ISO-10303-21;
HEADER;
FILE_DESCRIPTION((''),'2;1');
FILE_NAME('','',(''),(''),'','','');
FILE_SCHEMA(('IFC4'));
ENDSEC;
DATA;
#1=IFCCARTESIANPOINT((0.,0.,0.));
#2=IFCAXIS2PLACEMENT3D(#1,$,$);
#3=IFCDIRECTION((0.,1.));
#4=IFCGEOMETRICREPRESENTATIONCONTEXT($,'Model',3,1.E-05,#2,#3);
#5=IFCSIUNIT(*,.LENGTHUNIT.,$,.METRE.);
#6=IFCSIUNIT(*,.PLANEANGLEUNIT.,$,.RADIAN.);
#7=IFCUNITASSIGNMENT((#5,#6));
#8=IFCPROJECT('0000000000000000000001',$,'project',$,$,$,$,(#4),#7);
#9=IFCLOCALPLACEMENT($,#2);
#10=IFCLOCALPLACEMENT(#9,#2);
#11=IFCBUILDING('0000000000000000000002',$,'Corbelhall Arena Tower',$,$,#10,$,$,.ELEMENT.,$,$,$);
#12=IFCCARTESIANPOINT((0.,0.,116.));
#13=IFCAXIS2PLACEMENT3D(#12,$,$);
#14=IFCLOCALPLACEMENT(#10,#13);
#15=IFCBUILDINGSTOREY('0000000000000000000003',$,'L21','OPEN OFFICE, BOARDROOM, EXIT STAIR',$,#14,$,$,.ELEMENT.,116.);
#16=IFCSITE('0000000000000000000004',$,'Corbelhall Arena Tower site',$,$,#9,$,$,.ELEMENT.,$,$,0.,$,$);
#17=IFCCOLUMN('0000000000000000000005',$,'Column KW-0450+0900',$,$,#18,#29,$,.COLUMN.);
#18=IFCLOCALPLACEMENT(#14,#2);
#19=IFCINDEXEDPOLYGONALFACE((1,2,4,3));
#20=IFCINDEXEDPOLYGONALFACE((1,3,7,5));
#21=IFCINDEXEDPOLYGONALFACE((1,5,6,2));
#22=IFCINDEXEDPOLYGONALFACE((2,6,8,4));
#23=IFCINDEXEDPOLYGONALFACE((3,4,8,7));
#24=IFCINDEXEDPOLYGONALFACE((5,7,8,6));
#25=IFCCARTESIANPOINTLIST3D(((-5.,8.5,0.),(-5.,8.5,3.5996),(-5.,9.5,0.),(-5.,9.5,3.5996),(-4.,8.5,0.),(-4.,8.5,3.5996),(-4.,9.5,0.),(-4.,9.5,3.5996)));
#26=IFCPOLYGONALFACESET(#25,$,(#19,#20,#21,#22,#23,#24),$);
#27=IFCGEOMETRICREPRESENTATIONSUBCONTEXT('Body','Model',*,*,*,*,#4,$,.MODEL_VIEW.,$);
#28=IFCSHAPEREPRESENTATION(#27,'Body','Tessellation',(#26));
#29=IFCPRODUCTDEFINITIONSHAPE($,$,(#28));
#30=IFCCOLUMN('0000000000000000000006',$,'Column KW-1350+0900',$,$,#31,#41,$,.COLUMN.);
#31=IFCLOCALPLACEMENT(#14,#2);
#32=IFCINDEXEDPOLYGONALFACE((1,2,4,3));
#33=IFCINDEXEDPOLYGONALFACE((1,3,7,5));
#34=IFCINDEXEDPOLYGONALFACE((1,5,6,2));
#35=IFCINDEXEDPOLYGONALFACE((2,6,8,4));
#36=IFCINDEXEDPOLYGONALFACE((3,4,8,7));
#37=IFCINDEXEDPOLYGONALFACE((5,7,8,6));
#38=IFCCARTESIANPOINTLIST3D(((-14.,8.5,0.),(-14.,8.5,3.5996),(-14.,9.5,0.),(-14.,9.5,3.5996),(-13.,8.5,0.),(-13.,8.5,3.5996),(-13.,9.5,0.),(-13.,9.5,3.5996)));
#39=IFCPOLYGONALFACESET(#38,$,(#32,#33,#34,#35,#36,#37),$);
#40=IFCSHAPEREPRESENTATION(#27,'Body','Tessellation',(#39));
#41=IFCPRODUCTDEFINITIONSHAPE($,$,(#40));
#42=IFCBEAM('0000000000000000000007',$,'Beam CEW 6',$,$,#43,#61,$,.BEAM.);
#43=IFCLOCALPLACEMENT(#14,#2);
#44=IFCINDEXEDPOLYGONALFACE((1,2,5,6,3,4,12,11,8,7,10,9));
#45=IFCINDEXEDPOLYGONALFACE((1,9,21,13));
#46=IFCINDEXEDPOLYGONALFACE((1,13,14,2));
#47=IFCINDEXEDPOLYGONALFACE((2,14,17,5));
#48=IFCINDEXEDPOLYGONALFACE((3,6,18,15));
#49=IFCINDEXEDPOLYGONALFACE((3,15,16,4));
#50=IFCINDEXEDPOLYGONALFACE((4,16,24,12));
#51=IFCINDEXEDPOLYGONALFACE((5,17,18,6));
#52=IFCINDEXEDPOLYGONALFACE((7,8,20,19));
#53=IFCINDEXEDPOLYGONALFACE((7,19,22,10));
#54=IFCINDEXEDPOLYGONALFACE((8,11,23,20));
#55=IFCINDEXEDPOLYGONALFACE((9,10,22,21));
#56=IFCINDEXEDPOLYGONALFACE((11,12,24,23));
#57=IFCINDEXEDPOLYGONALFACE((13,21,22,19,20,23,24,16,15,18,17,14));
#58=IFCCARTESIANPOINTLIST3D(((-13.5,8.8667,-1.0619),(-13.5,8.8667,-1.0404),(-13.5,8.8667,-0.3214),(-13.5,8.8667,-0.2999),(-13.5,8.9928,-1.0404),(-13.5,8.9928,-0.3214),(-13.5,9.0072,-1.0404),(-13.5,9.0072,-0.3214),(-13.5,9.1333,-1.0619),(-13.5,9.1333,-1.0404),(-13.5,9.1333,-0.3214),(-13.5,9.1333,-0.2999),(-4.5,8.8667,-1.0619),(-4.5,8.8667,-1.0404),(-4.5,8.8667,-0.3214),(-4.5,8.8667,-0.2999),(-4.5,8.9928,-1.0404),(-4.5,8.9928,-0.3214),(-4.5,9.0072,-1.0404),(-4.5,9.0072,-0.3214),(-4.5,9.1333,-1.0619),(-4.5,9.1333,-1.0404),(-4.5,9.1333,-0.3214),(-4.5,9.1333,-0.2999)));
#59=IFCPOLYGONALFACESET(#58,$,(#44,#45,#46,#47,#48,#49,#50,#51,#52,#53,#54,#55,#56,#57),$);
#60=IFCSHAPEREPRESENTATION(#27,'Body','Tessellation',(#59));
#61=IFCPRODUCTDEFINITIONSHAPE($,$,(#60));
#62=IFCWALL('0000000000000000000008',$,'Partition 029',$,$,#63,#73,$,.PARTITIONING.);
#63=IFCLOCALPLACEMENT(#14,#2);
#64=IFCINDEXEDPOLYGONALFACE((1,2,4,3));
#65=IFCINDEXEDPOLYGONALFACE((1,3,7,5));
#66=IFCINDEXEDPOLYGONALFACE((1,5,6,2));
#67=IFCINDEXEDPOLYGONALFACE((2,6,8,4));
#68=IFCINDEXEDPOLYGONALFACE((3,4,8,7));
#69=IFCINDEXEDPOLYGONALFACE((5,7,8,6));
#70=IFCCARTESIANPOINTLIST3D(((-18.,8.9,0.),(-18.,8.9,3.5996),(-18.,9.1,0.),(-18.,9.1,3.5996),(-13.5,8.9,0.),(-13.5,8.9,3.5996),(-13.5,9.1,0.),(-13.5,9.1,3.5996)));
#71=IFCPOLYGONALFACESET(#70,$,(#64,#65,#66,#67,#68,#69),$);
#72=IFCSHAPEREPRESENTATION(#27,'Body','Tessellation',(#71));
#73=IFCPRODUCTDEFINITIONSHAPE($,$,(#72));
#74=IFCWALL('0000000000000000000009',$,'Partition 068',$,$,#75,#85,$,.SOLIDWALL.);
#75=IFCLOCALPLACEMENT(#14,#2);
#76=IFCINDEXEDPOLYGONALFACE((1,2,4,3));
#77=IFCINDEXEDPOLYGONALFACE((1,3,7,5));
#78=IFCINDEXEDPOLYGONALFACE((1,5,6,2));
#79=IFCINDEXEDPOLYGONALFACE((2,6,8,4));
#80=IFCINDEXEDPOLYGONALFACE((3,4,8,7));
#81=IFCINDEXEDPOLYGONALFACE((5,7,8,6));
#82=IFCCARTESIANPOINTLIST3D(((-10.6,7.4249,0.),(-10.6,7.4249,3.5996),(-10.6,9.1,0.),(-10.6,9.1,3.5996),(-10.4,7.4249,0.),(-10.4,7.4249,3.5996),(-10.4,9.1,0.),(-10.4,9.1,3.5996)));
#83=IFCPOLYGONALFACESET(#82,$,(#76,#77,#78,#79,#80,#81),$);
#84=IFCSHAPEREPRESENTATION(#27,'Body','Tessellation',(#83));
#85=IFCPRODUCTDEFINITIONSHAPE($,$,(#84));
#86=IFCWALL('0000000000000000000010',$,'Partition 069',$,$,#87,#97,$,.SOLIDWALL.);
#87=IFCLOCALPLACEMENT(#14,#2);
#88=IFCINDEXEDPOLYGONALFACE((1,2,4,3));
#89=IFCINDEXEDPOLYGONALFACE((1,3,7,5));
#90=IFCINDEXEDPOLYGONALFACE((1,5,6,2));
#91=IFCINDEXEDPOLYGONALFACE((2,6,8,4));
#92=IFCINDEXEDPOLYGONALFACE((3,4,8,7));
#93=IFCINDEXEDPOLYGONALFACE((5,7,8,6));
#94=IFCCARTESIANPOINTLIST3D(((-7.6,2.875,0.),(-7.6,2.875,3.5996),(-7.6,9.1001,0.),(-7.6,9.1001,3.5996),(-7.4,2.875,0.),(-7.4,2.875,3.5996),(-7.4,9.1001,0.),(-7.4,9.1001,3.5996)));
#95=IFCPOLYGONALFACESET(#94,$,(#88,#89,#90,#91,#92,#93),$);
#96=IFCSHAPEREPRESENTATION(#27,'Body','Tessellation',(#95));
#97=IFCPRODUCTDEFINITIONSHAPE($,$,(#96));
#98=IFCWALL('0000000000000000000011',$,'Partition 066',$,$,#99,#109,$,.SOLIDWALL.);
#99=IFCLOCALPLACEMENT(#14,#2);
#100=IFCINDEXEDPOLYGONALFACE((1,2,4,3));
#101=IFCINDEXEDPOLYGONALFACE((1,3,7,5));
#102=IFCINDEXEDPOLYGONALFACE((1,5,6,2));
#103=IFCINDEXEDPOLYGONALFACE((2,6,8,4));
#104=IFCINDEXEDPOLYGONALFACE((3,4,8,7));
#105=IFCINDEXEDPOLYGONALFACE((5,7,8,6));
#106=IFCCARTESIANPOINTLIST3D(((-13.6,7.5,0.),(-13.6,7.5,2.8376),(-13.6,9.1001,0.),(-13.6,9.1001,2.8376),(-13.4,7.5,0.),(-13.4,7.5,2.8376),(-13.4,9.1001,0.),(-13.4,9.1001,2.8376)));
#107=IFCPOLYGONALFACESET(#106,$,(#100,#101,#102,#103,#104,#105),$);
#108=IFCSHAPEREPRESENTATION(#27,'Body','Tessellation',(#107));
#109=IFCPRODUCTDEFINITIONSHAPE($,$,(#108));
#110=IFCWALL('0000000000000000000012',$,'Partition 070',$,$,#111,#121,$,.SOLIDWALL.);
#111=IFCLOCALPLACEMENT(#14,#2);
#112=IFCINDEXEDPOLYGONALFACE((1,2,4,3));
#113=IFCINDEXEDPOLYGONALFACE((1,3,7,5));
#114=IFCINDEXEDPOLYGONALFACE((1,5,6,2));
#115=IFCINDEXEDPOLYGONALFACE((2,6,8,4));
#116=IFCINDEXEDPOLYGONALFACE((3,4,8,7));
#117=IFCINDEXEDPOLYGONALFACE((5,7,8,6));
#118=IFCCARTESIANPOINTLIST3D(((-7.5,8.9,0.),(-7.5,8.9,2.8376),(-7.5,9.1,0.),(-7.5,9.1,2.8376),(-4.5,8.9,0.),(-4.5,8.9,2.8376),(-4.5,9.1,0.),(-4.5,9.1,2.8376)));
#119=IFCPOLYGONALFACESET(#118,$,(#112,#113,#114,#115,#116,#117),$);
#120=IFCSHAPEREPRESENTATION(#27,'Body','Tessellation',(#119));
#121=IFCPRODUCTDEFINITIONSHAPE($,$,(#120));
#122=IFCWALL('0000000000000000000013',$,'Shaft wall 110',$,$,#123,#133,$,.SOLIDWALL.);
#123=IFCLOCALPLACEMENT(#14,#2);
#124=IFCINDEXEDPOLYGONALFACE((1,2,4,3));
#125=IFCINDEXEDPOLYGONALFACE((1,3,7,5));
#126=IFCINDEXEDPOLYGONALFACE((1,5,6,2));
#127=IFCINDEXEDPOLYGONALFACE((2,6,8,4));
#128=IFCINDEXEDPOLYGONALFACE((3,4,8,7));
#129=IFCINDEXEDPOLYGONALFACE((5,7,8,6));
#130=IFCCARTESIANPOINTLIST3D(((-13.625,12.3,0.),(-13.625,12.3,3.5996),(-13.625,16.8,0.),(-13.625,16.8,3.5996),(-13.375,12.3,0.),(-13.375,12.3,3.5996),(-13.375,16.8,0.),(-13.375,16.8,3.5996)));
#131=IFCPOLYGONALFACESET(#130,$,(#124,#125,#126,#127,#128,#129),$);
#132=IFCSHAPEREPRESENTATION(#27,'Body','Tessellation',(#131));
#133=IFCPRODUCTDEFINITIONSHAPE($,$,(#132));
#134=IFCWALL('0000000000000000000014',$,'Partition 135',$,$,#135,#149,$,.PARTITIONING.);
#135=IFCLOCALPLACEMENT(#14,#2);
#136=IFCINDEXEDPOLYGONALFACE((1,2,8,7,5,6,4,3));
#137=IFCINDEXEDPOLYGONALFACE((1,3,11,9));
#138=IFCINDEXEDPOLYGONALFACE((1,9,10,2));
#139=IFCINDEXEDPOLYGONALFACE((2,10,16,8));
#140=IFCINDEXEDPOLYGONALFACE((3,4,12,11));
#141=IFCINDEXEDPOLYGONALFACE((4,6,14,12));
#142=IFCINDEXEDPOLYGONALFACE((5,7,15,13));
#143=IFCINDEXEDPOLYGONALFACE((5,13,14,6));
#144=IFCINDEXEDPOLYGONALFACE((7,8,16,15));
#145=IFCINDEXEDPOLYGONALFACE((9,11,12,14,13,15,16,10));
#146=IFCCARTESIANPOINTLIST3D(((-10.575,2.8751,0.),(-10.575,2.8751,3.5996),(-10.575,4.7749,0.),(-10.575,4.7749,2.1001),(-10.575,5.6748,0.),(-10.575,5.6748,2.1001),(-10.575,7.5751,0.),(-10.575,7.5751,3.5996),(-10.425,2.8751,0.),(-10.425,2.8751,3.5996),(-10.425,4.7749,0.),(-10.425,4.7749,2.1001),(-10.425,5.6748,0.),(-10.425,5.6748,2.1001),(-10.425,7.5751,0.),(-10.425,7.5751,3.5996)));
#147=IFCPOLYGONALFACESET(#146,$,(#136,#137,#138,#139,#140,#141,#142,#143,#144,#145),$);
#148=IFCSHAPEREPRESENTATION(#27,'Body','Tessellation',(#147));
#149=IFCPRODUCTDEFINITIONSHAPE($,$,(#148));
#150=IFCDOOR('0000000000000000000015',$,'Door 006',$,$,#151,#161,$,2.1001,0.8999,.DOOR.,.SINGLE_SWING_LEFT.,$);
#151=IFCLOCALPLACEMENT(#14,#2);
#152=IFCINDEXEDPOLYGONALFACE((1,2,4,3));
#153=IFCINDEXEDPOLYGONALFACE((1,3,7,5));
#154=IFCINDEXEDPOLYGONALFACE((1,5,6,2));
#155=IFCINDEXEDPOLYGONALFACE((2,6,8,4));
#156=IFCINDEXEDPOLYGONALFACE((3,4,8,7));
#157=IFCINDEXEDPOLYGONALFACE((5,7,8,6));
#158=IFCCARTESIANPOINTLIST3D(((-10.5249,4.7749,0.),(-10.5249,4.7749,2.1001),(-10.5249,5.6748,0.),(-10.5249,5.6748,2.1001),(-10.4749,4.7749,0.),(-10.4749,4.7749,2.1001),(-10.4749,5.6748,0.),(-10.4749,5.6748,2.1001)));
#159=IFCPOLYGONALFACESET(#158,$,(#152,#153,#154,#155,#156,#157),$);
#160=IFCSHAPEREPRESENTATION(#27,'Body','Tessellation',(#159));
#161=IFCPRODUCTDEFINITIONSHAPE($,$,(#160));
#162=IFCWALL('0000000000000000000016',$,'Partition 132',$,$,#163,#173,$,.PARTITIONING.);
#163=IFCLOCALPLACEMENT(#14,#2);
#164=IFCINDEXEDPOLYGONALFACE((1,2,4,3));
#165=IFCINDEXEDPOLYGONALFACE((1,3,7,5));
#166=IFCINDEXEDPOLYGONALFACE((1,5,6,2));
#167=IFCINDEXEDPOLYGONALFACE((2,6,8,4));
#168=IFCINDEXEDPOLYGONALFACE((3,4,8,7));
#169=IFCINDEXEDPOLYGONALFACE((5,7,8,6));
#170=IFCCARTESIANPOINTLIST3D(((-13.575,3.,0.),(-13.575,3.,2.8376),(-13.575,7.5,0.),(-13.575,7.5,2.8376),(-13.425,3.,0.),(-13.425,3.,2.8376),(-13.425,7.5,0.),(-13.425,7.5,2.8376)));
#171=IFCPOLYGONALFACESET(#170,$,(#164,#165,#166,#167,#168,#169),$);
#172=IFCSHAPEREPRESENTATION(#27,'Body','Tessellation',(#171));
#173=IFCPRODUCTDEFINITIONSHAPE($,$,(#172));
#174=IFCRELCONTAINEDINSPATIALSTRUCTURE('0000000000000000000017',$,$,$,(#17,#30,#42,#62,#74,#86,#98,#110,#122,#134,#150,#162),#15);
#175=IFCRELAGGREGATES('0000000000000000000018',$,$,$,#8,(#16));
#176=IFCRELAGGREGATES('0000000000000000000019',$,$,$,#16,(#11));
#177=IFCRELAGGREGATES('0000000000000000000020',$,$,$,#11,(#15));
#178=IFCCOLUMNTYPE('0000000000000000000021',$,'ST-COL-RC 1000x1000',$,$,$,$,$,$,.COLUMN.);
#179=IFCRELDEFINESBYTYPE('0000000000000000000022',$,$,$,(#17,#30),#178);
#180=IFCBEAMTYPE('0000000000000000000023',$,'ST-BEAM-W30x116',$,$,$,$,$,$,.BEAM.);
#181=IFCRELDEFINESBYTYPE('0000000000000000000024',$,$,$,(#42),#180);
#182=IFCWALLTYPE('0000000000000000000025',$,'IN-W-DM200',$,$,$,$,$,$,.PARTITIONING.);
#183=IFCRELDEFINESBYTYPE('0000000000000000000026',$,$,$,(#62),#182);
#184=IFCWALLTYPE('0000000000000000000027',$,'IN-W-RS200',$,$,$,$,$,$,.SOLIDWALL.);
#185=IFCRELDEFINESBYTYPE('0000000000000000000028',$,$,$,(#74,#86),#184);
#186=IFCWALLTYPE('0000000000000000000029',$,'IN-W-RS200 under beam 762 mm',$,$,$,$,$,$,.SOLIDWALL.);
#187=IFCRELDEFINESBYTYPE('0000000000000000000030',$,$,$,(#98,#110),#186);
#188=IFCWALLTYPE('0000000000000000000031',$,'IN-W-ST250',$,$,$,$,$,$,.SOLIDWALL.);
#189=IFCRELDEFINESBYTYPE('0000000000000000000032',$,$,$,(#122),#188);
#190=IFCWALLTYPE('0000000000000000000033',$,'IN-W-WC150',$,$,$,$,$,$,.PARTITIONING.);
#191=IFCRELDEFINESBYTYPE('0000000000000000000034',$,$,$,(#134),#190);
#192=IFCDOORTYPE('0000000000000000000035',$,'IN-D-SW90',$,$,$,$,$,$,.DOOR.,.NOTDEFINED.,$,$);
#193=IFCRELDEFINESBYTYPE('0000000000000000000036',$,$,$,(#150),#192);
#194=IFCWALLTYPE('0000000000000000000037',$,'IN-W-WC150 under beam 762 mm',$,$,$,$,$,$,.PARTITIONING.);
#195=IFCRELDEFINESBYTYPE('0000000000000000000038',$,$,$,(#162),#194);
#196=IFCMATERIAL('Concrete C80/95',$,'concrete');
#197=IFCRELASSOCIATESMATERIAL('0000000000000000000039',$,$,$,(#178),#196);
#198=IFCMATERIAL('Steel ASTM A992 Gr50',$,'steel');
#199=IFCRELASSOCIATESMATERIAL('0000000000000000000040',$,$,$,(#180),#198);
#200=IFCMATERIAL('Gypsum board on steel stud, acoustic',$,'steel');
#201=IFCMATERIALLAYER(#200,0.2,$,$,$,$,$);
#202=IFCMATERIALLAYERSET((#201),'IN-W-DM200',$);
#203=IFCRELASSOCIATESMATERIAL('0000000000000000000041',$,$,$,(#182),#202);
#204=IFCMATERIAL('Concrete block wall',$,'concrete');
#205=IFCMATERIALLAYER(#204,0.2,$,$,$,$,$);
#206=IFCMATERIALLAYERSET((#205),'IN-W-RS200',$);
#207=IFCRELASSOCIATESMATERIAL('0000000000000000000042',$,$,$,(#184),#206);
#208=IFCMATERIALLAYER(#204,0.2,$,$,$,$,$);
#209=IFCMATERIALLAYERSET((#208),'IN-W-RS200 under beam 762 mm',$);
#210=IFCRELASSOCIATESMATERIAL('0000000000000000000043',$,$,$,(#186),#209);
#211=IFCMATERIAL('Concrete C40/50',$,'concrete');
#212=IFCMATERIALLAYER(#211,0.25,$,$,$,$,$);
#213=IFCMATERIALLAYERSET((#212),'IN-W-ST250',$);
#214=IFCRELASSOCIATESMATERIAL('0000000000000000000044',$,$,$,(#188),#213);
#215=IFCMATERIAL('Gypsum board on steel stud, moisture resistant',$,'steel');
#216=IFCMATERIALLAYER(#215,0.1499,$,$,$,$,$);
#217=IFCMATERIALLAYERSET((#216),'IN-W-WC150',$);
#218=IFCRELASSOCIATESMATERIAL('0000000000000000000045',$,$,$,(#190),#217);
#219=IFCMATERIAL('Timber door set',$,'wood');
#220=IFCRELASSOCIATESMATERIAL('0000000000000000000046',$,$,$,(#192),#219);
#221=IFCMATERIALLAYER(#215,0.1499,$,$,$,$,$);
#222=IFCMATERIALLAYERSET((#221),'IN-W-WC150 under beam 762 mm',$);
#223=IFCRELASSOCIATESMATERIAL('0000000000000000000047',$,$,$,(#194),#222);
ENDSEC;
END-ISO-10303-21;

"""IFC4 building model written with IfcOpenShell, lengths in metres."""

from ifc_helpers import new_model, si_unit, direction, frame, frame_2d, origin, origin_2d, place, context, subcontext, project, spatial, rectangle, i_section, extrude, material, layer, layer_set, material_profile, profile_set, type_object, element, fill, save


model = new_model("IFC4")

# Units and contexts
model_context = context("Model", 3, precision=1e-05, world=origin(), true_north=direction((0.0, 1.0)))
body_context = subcontext(model_context, "Body", "Model", "MODEL_VIEW")
ifc_project = project(units=[si_unit("LENGTHUNIT", "METRE"), si_unit("PLANEANGLEUNIT", "RADIAN")], contexts=[model_context])

# Site, building, storey
site_placement = place(None, origin())
site = spatial("IfcSite", under=ifc_project, at=site_placement, Name="Corbelhall Arena Tower site", CompositionType="ELEMENT", RefElevation=0.0)
building_placement = place(site_placement, origin())
building = spatial("IfcBuilding", under=site, at=building_placement, Name="Corbelhall Arena Tower", CompositionType="ELEMENT")
storey_placement = place(building_placement, frame((0.0, 0.0, 116.0)))
storey = spatial("IfcBuildingStorey", under=building, at=storey_placement, Name="L21", Description="OPEN OFFICE, BOARDROOM, EXIT STAIR", CompositionType="ELEMENT", Elevation=116.0)

# Columns
ifc_material_1 = material(Name="Concrete C80/95", Category="concrete")
ifc_material_profile_1 = material_profile(ifc_material_1, rectangle(XDim=1.0, YDim=1.0, at=origin_2d()))
ifc_profile_set_1 = profile_set([ifc_material_profile_1], Name="Concrete C80/95")
column_type = type_object("IfcColumnType", Name="ST-COL-RC 1000x1000", PredefinedType="COLUMN", material=ifc_profile_set_1)
for number, where, z_axis, x_axis, name in (
    (1, (-4.5, 9.0, 0.0), (0.0, 0.0, 1.0), (1.0, 0.0, 0.0), "Column KW-0450+0900"),
    (2, (-13.5, 9.0, 0.0), (0.0, 0.0, 1.0), (1.0, 0.0, 0.0), "Column KW-1350+0900"),
):
    element("IfcColumn", number, at=place(storey_placement, frame(where, z_axis=z_axis, x_axis=x_axis)), inside=storey, type_object=column_type, Name=name, PredefinedType="COLUMN", context=body_context, shape_type="SweptSolid", body=[
        extrude(rectangle(XDim=1.0, YDim=1.0, at=origin_2d()), origin(), (0.0, 0.0, 1.0), 3.5996),
    ])

# Beam
ifc_material_2 = material(Name="Steel ASTM A992 Gr50", Category="steel")
ifc_material_profile_2 = material_profile(ifc_material_2, i_section(OverallWidth=0.2666, OverallDepth=0.762, WebThickness=0.0144, FlangeThickness=0.0215, at=origin_2d()))
ifc_profile_set_2 = profile_set([ifc_material_profile_2], Name="Steel ASTM A992 Gr50")
beam_type = type_object("IfcBeamType", Name="ST-BEAM-W30x116", PredefinedType="BEAM", material=ifc_profile_set_2)
beam_placement = place(storey_placement, frame((-13.5, 9.0, -0.6809), z_axis=(1.0, 0.0, 0.0), x_axis=(0.0, 1.0, 0.0)))
element("IfcBeam", 3, at=beam_placement, inside=storey, type_object=beam_type, Name="Beam CEW 6", PredefinedType="BEAM", context=body_context, shape_type="SweptSolid", body=[
    extrude(i_section(OverallWidth=0.2666, OverallDepth=0.762, WebThickness=0.0144, FlangeThickness=0.0215, at=origin_2d()), origin(), (0.0, 0.0, 1.0), 9.0),
])

# Walls
ifc_material_3 = material(Name="Gypsum board on steel stud, acoustic", Category="steel")
ifc_layer_1 = layer(ifc_material_3, 0.2)
ifc_layer_set_1 = layer_set([ifc_layer_1], Name="IN-W-DM200")
wall_type_1 = type_object("IfcWallType", Name="IN-W-DM200", PredefinedType="PARTITIONING", material=ifc_layer_set_1)
wall_1_placement = place(storey_placement, frame((-13.5, 9.0, 0.0), z_axis=(0.0, 0.0, 1.0), x_axis=(-1.0, 0.0, 0.0)))
element("IfcWall", 4, at=wall_1_placement, inside=storey, type_object=wall_type_1, Name="Partition 029", PredefinedType="PARTITIONING", context=body_context, shape_type="SweptSolid", body=[
    extrude(rectangle(XDim=4.5, YDim=0.2, at=frame_2d((2.25, 0.0))), origin(), (0.0, 0.0, 1.0), 3.5996),
])
ifc_material_4 = material(Name="Concrete block wall", Category="concrete")
ifc_layer_2 = layer(ifc_material_4, 0.2)
ifc_layer_set_2 = layer_set([ifc_layer_2], Name="IN-W-RS200")
wall_type_2 = type_object("IfcWallType", Name="IN-W-RS200", PredefinedType="SOLIDWALL", material=ifc_layer_set_2)
wall_2_placement = place(storey_placement, frame((-10.5, 7.425, 0.0), z_axis=(0.0, 0.0, 1.0), x_axis=(0.0, 1.0, 0.0)))
element("IfcWall", 5, at=wall_2_placement, inside=storey, type_object=wall_type_2, Name="Partition 068", PredefinedType="SOLIDWALL", context=body_context, shape_type="SweptSolid", body=[
    extrude(rectangle(XDim=1.675, YDim=0.2, at=frame_2d((0.8374, 0.0))), origin(), (0.0, 0.0, 1.0), 3.5996),
])
wall_3_placement = place(storey_placement, frame((-7.5, 2.875, 0.0), z_axis=(0.0, 0.0, 1.0), x_axis=(0.0, 1.0, 0.0)))
element("IfcWall", 6, at=wall_3_placement, inside=storey, type_object=wall_type_2, Name="Partition 069", PredefinedType="SOLIDWALL", context=body_context, shape_type="SweptSolid", body=[
    extrude(rectangle(XDim=6.2251, YDim=0.2, at=frame_2d((3.1125, 0.0))), origin(), (0.0, 0.0, 1.0), 3.5996),
])
ifc_layer_3 = layer(ifc_material_4, 0.2)
ifc_layer_set_3 = layer_set([ifc_layer_3], Name="IN-W-RS200 under beam 762 mm")
wall_type_3 = type_object("IfcWallType", Name="IN-W-RS200 under beam 762 mm", PredefinedType="SOLIDWALL", material=ifc_layer_set_3)
wall_4_placement = place(storey_placement, frame((-13.5, 7.5, 0.0), z_axis=(0.0, 0.0, 1.0), x_axis=(0.0, 1.0, 0.0)))
element("IfcWall", 7, at=wall_4_placement, inside=storey, type_object=wall_type_3, Name="Partition 066", PredefinedType="SOLIDWALL", context=body_context, shape_type="SweptSolid", body=[
    extrude(rectangle(XDim=1.6001, YDim=0.2, at=frame_2d((0.8, 0.0))), origin(), (0.0, 0.0, 1.0), 2.8376),
])
wall_5_placement = place(storey_placement, frame((-7.5, 9.0, 0.0), z_axis=(0.0, 0.0, 1.0), x_axis=(1.0, 0.0, 0.0)))
element("IfcWall", 8, at=wall_5_placement, inside=storey, type_object=wall_type_3, Name="Partition 070", PredefinedType="SOLIDWALL", context=body_context, shape_type="SweptSolid", body=[
    extrude(rectangle(XDim=3.0, YDim=0.2, at=frame_2d((1.5, 0.0))), origin(), (0.0, 0.0, 1.0), 2.8376),
])

# Wall
ifc_material_5 = material(Name="Concrete C40/50", Category="concrete")
ifc_layer_4 = layer(ifc_material_5, 0.25)
ifc_layer_set_4 = layer_set([ifc_layer_4], Name="IN-W-ST250")
wall_type_4 = type_object("IfcWallType", Name="IN-W-ST250", PredefinedType="SOLIDWALL", material=ifc_layer_set_4)
wall_6_placement = place(storey_placement, frame((-13.5, 12.3, 0.0), z_axis=(0.0, 0.0, 1.0), x_axis=(0.0, 1.0, 0.0)))
element("IfcWall", 9, at=wall_6_placement, inside=storey, type_object=wall_type_4, Name="Shaft wall 110", PredefinedType="SOLIDWALL", context=body_context, shape_type="SweptSolid", body=[
    extrude(rectangle(XDim=4.5, YDim=0.25, at=frame_2d((2.25, 0.0))), origin(), (0.0, 0.0, 1.0), 3.5996),
])

# Wall, opening, door
ifc_material_6 = material(Name="Gypsum board on steel stud, moisture resistant", Category="steel")
ifc_layer_5 = layer(ifc_material_6, 0.1499)
ifc_layer_set_5 = layer_set([ifc_layer_5], Name="IN-W-WC150")
wall_type_5 = type_object("IfcWallType", Name="IN-W-WC150", PredefinedType="PARTITIONING", material=ifc_layer_set_5)
wall_7_placement = place(storey_placement, frame((-10.5, 2.875, 0.0), z_axis=(0.0, 0.0, 1.0), x_axis=(0.0, 1.0, 0.0)))
wall_7 = element("IfcWall", 10, at=wall_7_placement, inside=storey, type_object=wall_type_5, Name="Partition 135", PredefinedType="PARTITIONING", context=body_context, shape_type="SweptSolid", body=[
    extrude(rectangle(XDim=4.7, YDim=0.1499, at=frame_2d((2.3501, 0.0))), origin(), (0.0, 0.0, 1.0), 3.5996),
])
opening_1_placement = place(wall_7_placement, frame((1.8999, 0.0, 0.0)))
opening_1 = element("IfcOpeningElement", 11, at=opening_1_placement, cuts=wall_7, PredefinedType="OPENING", context=body_context, shape_type="SweptSolid", body=[
    extrude(rectangle(XDim=0.8999, YDim=2.1001, at=frame_2d((0.45, 1.05))), frame((0.0, 0.075, 0.0), z_axis=(0.0, -1.0, 0.0), x_axis=(1.0, 0.0, 0.0)), (0.0, 0.0, 1.0), 0.1499),
])
ifc_material_7 = material(Name="Timber door set", Category="wood")
door_type_1 = type_object("IfcDoorType", Name="IN-D-SW90", OperationType="NOTDEFINED", PredefinedType="DOOR", material=ifc_material_7)
door_1_placement = place(opening_1_placement, origin())
door_1 = element("IfcDoor", 12, at=door_1_placement, inside=storey, type_object=door_type_1, Name="Door 006", OperationType="SINGLE_SWING_LEFT", OverallHeight=2.1001, OverallWidth=0.8999, PredefinedType="DOOR", context=body_context, shape_type="SweptSolid", body=[
    extrude(rectangle(XDim=0.8999, YDim=2.1001, at=frame_2d((0.45, 1.05))), frame((0.0, 0.0249, 0.0), z_axis=(0.0, -1.0, 0.0), x_axis=(1.0, 0.0, 0.0)), (0.0, 0.0, 1.0), 0.05),
])
fill(opening_1, door_1)

# Wall
ifc_layer_6 = layer(ifc_material_6, 0.1499)
ifc_layer_set_6 = layer_set([ifc_layer_6], Name="IN-W-WC150 under beam 762 mm")
wall_type_6 = type_object("IfcWallType", Name="IN-W-WC150 under beam 762 mm", PredefinedType="PARTITIONING", material=ifc_layer_set_6)
wall_8_placement = place(storey_placement, frame((-13.5, 3.0, 0.0), z_axis=(0.0, 0.0, 1.0), x_axis=(0.0, 1.0, 0.0)))
element("IfcWall", 13, at=wall_8_placement, inside=storey, type_object=wall_type_6, Name="Partition 132", PredefinedType="PARTITIONING", context=body_context, shape_type="SweptSolid", body=[
    extrude(rectangle(XDim=4.5, YDim=0.1499, at=frame_2d((2.25, 0.0))), origin(), (0.0, 0.0, 1.0), 2.8376),
])

save(model, "model.ifc")
